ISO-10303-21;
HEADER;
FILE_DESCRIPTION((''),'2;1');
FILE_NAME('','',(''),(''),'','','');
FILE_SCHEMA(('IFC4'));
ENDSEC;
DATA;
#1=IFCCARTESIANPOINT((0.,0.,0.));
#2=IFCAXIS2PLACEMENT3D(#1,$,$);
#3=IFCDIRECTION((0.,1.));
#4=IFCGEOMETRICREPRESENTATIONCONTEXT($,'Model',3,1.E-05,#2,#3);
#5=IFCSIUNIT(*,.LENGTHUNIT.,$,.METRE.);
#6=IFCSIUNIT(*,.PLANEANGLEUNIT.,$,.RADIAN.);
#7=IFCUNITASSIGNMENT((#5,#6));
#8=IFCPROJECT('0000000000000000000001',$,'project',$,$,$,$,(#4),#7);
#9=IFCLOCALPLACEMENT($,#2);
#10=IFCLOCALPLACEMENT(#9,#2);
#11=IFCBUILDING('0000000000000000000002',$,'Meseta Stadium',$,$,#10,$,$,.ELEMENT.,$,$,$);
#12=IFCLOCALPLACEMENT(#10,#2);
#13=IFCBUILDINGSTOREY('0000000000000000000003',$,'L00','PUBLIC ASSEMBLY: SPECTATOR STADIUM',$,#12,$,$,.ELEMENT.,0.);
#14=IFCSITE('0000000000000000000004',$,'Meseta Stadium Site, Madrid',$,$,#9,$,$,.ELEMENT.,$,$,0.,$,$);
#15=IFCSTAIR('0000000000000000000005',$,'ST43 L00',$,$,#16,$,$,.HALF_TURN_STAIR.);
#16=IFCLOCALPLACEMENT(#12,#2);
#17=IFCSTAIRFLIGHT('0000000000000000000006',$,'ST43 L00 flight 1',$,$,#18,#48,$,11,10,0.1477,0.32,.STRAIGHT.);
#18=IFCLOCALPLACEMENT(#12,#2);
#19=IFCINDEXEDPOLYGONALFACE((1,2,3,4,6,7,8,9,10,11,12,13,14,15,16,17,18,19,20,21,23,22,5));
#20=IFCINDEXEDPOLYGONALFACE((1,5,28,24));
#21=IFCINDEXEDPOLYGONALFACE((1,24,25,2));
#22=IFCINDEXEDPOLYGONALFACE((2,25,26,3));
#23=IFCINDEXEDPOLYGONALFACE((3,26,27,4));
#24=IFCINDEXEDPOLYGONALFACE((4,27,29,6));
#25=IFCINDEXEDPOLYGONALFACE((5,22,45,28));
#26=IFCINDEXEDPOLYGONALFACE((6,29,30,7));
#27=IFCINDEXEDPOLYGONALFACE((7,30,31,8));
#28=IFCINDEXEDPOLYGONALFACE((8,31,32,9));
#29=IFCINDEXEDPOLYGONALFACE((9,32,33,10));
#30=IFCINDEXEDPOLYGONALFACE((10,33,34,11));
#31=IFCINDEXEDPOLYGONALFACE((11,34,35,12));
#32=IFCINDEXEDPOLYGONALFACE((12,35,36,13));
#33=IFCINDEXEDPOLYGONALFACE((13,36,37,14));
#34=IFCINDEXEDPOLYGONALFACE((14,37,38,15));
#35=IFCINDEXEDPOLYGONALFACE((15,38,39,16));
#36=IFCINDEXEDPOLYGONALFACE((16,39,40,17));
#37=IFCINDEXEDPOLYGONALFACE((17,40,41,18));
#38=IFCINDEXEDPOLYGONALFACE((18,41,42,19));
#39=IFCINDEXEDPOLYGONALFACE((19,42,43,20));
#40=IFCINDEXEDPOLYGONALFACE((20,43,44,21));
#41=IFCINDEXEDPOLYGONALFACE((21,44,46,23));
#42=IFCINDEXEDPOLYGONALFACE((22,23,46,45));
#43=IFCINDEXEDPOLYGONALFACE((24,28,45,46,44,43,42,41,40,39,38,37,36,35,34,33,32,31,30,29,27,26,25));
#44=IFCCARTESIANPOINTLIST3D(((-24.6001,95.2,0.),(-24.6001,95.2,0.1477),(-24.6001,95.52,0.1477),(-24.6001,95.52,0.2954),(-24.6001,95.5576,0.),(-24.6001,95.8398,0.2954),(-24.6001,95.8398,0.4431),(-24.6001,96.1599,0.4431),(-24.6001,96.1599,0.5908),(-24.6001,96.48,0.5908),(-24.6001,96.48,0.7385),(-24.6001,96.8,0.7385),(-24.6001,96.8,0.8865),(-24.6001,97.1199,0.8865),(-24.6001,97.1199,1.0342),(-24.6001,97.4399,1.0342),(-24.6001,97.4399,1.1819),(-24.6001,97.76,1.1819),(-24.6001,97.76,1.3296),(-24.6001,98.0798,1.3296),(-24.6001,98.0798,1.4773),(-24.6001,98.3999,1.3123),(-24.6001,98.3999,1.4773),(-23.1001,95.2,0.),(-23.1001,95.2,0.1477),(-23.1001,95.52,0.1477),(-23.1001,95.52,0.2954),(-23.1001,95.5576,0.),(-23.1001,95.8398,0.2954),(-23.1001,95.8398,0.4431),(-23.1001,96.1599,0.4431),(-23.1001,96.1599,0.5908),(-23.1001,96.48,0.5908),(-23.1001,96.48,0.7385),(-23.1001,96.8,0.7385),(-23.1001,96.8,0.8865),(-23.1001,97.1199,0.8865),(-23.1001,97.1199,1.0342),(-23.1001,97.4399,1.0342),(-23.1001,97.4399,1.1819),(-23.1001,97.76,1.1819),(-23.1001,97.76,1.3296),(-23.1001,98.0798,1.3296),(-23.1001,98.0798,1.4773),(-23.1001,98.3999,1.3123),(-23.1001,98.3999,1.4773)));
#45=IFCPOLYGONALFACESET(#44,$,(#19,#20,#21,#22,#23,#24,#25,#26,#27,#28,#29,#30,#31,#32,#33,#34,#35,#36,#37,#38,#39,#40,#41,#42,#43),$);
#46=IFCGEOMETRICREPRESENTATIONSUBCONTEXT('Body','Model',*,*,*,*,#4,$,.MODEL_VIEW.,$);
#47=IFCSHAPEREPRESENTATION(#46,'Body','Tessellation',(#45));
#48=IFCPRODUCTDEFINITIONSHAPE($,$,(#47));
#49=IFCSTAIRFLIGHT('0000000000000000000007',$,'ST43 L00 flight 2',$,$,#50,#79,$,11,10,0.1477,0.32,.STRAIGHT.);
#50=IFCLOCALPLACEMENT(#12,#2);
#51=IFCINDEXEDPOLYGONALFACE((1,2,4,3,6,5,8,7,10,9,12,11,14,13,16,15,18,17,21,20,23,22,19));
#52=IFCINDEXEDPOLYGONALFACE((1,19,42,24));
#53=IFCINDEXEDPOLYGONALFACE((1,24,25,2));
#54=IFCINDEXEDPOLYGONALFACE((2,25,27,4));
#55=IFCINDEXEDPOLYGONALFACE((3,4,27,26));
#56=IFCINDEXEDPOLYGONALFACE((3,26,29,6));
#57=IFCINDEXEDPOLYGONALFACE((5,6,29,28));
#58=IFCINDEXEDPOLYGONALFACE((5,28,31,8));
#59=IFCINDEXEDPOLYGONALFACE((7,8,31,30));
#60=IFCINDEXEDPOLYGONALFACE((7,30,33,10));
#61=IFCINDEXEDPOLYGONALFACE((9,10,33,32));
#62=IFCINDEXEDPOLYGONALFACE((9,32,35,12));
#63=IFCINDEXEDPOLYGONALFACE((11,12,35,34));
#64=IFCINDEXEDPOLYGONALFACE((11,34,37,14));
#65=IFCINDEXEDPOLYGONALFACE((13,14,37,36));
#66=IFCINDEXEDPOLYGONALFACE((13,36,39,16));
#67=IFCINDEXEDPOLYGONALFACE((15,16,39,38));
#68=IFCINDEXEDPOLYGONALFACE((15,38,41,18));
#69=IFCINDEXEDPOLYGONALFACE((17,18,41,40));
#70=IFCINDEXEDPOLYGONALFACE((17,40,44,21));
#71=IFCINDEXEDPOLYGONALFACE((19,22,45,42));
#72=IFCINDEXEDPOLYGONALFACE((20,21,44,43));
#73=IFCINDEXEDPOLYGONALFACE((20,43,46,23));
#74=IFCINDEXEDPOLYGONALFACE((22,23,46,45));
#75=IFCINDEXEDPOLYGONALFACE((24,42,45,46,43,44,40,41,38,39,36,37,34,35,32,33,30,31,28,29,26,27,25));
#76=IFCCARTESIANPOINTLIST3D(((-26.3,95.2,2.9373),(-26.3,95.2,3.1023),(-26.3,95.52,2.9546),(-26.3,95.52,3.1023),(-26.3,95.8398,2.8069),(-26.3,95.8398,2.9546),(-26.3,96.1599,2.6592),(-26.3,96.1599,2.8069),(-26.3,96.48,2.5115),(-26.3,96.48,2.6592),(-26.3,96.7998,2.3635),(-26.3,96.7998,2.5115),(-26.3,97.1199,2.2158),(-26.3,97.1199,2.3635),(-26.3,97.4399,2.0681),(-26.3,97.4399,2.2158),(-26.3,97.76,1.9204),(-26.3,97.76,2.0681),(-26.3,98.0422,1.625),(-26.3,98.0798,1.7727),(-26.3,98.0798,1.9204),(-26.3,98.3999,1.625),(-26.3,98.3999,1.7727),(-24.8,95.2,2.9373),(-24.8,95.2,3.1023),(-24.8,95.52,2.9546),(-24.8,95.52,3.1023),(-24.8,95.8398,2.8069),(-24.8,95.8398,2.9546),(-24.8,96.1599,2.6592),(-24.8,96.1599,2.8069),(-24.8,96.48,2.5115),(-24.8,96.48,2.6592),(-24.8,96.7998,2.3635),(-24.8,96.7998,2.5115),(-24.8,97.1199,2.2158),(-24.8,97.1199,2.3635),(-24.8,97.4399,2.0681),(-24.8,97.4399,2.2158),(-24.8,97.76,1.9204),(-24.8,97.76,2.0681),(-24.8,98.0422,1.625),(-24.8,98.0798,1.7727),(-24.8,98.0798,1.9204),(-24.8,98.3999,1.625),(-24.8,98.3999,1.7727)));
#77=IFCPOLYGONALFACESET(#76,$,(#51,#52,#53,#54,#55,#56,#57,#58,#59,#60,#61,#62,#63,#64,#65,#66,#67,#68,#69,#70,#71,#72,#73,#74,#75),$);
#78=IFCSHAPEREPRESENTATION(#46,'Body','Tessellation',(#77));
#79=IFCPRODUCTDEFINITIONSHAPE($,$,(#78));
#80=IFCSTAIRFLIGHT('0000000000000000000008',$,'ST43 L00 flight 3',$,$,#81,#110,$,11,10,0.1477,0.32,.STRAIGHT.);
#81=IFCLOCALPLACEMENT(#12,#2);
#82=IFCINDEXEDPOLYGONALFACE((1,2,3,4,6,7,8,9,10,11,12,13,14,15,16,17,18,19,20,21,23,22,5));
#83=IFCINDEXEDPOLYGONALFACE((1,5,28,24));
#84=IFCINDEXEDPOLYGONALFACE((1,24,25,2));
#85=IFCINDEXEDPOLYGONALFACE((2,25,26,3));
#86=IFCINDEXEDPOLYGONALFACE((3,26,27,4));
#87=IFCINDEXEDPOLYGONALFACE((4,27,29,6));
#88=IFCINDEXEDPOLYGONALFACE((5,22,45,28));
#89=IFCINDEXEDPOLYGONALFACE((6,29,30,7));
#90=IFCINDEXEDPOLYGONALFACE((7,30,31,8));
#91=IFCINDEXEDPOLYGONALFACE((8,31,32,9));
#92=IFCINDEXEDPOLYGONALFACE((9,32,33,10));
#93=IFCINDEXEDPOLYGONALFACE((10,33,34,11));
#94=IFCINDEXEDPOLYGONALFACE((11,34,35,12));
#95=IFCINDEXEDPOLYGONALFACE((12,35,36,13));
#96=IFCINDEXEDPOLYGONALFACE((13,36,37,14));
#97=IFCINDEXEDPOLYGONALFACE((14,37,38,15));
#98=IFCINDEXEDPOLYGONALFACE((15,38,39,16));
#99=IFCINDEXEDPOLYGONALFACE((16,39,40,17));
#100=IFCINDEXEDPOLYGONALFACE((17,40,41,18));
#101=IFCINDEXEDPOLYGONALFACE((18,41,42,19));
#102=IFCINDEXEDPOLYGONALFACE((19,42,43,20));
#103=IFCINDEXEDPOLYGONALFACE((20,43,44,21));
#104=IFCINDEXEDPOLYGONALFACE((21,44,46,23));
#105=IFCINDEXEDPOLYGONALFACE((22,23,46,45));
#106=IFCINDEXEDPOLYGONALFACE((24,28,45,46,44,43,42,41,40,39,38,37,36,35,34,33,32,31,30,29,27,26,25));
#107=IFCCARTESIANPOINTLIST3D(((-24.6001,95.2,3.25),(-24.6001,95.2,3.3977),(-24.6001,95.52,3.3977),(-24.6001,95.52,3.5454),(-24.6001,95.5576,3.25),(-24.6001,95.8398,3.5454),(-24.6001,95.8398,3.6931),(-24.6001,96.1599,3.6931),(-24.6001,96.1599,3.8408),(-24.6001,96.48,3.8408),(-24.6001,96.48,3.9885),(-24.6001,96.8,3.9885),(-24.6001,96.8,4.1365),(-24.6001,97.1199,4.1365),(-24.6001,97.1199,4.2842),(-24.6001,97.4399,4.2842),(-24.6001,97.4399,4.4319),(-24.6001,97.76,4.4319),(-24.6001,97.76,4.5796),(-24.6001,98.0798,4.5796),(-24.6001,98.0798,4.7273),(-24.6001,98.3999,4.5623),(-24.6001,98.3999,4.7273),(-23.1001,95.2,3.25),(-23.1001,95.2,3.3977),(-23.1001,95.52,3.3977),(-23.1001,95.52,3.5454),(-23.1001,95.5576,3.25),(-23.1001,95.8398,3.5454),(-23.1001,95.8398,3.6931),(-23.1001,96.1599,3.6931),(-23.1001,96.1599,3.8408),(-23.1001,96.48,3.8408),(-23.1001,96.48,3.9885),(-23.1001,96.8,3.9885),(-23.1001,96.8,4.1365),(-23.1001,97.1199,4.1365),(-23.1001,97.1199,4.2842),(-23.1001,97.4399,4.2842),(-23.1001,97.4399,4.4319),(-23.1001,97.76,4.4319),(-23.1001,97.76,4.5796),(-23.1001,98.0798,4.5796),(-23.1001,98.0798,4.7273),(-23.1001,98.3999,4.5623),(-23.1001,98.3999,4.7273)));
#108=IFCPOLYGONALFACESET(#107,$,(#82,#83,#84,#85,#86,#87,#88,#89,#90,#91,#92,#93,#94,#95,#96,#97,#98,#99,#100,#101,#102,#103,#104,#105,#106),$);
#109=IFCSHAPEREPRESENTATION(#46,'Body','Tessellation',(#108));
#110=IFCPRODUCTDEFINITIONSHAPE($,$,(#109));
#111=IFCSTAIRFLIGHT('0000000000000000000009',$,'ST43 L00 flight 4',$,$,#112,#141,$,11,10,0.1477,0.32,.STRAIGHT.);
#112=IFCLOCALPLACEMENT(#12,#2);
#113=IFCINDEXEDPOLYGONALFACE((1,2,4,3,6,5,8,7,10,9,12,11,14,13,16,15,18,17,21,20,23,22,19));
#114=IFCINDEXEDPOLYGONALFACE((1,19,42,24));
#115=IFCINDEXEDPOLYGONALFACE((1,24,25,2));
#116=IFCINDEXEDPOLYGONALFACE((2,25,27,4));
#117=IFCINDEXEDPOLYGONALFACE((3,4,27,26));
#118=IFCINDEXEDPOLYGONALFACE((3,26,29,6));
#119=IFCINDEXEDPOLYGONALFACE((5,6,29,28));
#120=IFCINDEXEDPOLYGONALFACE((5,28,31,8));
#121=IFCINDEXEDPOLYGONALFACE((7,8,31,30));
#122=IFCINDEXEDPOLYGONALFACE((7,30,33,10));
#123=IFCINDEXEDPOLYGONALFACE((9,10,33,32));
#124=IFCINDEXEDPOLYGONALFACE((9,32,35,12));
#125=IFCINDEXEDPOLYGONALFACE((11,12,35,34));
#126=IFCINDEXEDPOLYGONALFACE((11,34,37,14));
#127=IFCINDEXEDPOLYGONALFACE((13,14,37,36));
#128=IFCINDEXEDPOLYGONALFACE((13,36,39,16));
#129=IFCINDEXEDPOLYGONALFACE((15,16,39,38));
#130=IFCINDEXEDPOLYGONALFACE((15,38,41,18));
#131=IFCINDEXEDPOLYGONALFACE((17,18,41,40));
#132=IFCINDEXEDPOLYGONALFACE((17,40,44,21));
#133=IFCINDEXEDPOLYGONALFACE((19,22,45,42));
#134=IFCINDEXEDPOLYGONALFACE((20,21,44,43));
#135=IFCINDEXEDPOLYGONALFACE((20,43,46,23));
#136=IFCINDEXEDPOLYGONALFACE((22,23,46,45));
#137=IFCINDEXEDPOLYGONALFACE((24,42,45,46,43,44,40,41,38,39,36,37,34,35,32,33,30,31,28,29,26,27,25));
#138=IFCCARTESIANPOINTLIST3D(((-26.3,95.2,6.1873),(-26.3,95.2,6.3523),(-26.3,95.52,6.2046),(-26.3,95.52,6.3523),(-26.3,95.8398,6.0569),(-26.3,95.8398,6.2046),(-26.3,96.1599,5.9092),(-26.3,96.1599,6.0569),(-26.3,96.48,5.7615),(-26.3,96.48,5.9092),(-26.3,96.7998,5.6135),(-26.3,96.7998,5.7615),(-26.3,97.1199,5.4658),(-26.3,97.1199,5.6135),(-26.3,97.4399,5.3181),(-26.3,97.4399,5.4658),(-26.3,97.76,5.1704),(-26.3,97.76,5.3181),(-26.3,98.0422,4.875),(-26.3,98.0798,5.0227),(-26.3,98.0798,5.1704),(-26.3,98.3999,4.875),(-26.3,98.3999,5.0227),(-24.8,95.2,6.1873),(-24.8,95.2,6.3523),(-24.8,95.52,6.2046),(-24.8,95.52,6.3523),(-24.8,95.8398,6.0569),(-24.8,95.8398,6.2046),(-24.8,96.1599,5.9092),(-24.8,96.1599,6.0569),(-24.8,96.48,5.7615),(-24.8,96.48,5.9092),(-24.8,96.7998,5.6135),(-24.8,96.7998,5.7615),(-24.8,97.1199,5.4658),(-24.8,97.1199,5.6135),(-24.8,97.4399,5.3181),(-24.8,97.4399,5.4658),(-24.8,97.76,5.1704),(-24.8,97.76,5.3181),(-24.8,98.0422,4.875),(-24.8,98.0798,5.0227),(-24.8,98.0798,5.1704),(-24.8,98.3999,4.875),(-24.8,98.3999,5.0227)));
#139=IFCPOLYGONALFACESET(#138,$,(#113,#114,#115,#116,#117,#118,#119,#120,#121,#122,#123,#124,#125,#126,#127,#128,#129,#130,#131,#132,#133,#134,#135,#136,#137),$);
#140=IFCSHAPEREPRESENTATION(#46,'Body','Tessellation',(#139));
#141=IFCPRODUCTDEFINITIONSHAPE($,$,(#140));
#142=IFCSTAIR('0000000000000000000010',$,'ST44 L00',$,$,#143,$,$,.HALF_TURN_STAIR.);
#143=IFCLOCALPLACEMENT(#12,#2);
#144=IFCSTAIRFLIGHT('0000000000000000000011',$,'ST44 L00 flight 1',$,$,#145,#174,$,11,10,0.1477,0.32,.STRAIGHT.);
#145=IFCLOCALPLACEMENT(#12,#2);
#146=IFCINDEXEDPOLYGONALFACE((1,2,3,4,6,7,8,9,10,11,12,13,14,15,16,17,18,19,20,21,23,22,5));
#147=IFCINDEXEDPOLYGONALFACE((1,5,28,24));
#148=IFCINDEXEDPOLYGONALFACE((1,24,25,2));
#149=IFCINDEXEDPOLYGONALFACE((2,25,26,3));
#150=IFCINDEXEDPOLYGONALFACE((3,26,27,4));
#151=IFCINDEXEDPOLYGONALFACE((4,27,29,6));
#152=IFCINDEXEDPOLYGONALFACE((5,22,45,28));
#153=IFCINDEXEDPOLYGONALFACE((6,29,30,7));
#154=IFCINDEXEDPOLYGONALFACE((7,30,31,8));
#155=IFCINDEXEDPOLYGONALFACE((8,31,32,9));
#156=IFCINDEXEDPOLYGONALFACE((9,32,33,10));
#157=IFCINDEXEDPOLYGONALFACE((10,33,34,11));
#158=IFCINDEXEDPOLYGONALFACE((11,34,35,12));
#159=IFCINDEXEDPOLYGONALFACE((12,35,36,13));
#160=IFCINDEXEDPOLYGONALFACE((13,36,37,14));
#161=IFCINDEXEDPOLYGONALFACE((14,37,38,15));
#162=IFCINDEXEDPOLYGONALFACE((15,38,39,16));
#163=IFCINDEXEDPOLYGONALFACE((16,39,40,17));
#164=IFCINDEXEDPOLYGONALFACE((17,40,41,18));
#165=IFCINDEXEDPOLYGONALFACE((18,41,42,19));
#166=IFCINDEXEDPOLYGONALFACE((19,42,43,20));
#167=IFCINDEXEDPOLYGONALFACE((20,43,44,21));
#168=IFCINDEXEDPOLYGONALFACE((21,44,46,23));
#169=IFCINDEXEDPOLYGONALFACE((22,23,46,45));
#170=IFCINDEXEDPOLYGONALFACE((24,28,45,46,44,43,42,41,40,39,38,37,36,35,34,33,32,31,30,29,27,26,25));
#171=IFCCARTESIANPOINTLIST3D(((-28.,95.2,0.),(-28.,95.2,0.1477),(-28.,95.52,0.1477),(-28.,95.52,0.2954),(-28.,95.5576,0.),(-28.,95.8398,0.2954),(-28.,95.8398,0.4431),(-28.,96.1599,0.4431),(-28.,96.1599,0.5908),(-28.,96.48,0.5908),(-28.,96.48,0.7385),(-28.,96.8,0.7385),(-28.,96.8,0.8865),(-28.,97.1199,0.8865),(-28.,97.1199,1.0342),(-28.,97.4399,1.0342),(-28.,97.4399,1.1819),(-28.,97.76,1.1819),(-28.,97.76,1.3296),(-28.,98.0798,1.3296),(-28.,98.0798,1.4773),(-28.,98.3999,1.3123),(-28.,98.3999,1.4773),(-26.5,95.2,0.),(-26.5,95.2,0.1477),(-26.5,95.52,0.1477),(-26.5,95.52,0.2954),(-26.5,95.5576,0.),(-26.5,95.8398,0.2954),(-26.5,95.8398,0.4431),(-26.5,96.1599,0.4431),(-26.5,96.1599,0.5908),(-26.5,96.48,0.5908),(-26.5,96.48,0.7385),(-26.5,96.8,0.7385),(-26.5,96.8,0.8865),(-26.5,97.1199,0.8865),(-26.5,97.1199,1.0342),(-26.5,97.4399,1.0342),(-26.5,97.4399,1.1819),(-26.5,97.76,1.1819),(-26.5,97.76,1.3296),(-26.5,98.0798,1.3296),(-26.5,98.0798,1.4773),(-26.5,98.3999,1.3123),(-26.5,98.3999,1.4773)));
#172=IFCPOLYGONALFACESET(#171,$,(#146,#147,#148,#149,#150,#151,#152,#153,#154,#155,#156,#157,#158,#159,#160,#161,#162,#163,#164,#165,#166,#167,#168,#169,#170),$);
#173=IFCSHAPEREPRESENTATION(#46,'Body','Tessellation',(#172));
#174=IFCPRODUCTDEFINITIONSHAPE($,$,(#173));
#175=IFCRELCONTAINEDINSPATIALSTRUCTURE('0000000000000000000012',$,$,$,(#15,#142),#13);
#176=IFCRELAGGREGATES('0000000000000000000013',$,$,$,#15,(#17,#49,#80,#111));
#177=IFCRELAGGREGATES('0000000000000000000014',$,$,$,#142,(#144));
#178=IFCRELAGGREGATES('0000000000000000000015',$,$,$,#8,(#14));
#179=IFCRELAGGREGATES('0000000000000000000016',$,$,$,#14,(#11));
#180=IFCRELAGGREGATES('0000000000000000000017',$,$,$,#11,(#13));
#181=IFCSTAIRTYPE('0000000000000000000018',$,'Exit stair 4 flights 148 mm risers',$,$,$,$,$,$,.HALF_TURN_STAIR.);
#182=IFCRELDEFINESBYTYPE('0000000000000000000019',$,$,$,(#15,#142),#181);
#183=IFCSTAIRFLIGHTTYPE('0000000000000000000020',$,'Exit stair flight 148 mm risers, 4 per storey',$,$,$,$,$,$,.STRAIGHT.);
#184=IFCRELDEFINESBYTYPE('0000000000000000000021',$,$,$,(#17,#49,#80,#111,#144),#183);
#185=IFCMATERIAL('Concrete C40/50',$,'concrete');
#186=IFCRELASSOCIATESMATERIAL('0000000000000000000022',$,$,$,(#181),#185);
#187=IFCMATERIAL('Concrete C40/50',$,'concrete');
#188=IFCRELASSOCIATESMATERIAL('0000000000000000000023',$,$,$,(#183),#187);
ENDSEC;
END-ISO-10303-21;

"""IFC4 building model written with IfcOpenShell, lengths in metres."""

from ifc_helpers import new_model, si_unit, direction, frame, origin, place, context, subcontext, project, spatial, polyline, outline, extrude, material, type_object, element, aggregate, save


model = new_model("IFC4")

# Units and contexts
model_context = context("Model", 3, precision=1e-05, world=origin(), true_north=direction((0.0, 1.0)))
body_context = subcontext(model_context, "Body", "Model", "MODEL_VIEW")
ifc_project = project(units=[si_unit("LENGTHUNIT", "METRE"), si_unit("PLANEANGLEUNIT", "RADIAN")], contexts=[model_context])

# Site, building, storey
site_placement = place(None, origin())
site = spatial("IfcSite", under=ifc_project, at=site_placement, Name="Meseta Stadium Site, Madrid", CompositionType="ELEMENT", RefElevation=0.0)
building_placement = place(site_placement, origin())
building = spatial("IfcBuilding", under=site, at=building_placement, Name="Meseta Stadium", CompositionType="ELEMENT")
storey_placement = place(building_placement, origin())
storey = spatial("IfcBuildingStorey", under=building, at=storey_placement, Name="L00", Description="PUBLIC ASSEMBLY: SPECTATOR STADIUM", CompositionType="ELEMENT", Elevation=0.0)

# Stairs, stair flights
ifc_material_1 = material(Name="Concrete C40/50", Category="concrete")
stair_type = type_object("IfcStairType", Name="Exit stair 4 flights 148 mm risers", PredefinedType="HALF_TURN_STAIR", material=ifc_material_1)
stair_1_placement = place(storey_placement, origin())
stair_1 = element("IfcStair", 1, at=stair_1_placement, inside=storey, type_object=stair_type, Name="ST43 L00", PredefinedType="HALF_TURN_STAIR")
ifc_material_2 = material(Name="Concrete C40/50", Category="concrete")
stair_flight_type = type_object("IfcStairFlightType", Name="Exit stair flight 148 mm risers, 4 per storey", PredefinedType="STRAIGHT", material=ifc_material_2)
stair_flight_1_placement = place(storey_placement, frame((-23.8501, 95.2, 0.0), z_axis=(0.0, 0.0, 1.0), x_axis=(0.0, 1.0, 0.0)))
stair_flight_1 = element("IfcStairFlight", 2, at=stair_flight_1_placement, type_object=stair_flight_type, Name="ST43 L00 flight 1", NumberOfRisers=11, NumberOfTreads=10, PredefinedType="STRAIGHT", RiserHeight=0.1477, TreadLength=0.32, context=body_context, shape_type="SweptSolid", body=[
    extrude(outline(polyline([(0.0, 0.0), (0.0, 0.1477), (0.3201, 0.1477), (0.3201, 0.2954), (0.6399, 0.2954), (0.6399, 0.4431), (0.96, 0.4431), (0.96, 0.5908), (1.28, 0.5908), (1.28, 0.7385), (1.6001, 0.7385), (1.6001, 0.8865), (1.9199, 0.8865), (1.9199, 1.0342), (2.24, 1.0342), (2.24, 1.1819), (2.5601, 1.1819), (2.5601, 1.3296), (2.8799, 1.3296), (2.8799, 1.4773), (3.2, 1.4773), (3.2, 1.3123), (0.3577, 0.0), (0.0, 0.0)])), frame((0.0, 0.75, 0.0), z_axis=(0.0, -1.0, 0.0), x_axis=(1.0, 0.0, 0.0)), (0.0, 0.0, 1.0), 1.5),
])
stair_flight_2_placement = place(storey_placement, frame((-25.55, 98.3999, 1.625), z_axis=(0.0, 0.0, 1.0), x_axis=(0.0, -1.0, 0.0)))
stair_flight_2 = element("IfcStairFlight", 3, at=stair_flight_2_placement, type_object=stair_flight_type, Name="ST43 L00 flight 2", NumberOfRisers=11, NumberOfTreads=10, PredefinedType="STRAIGHT", RiserHeight=0.1477, TreadLength=0.32, context=body_context, shape_type="SweptSolid", body=[
    extrude(outline(polyline([(0.0, 0.0), (0.0, 0.1477), (0.3201, 0.1477), (0.3201, 0.2954), (0.6399, 0.2954), (0.6399, 0.4431), (0.96, 0.4431), (0.96, 0.5908), (1.28, 0.5908), (1.28, 0.7385), (1.6001, 0.7385), (1.6001, 0.8865), (1.9199, 0.8865), (1.9199, 1.0342), (2.24, 1.0342), (2.24, 1.1819), (2.5601, 1.1819), (2.5601, 1.3296), (2.8799, 1.3296), (2.8799, 1.4773), (3.2, 1.4773), (3.2, 1.3123), (0.3577, 0.0), (0.0, 0.0)])), frame((0.0, 0.75, 0.0), z_axis=(0.0, -1.0, 0.0), x_axis=(1.0, 0.0, 0.0)), (0.0, 0.0, 1.0), 1.5),
])
stair_flight_3_placement = place(storey_placement, frame((-23.8501, 95.2, 3.25), z_axis=(0.0, 0.0, 1.0), x_axis=(0.0, 1.0, 0.0)))
stair_flight_3 = element("IfcStairFlight", 4, at=stair_flight_3_placement, type_object=stair_flight_type, Name="ST43 L00 flight 3", NumberOfRisers=11, NumberOfTreads=10, PredefinedType="STRAIGHT", RiserHeight=0.1477, TreadLength=0.32, context=body_context, shape_type="SweptSolid", body=[
    extrude(outline(polyline([(0.0, 0.0), (0.0, 0.1477), (0.3201, 0.1477), (0.3201, 0.2954), (0.6399, 0.2954), (0.6399, 0.4431), (0.96, 0.4431), (0.96, 0.5908), (1.28, 0.5908), (1.28, 0.7385), (1.6001, 0.7385), (1.6001, 0.8865), (1.9199, 0.8865), (1.9199, 1.0342), (2.24, 1.0342), (2.24, 1.1819), (2.5601, 1.1819), (2.5601, 1.3296), (2.8799, 1.3296), (2.8799, 1.4773), (3.2, 1.4773), (3.2, 1.3123), (0.3577, 0.0), (0.0, 0.0)])), frame((0.0, 0.75, 0.0), z_axis=(0.0, -1.0, 0.0), x_axis=(1.0, 0.0, 0.0)), (0.0, 0.0, 1.0), 1.5),
])
stair_flight_4_placement = place(storey_placement, frame((-25.55, 98.3999, 4.875), z_axis=(0.0, 0.0, 1.0), x_axis=(0.0, -1.0, 0.0)))
stair_flight_4 = element("IfcStairFlight", 5, at=stair_flight_4_placement, type_object=stair_flight_type, Name="ST43 L00 flight 4", NumberOfRisers=11, NumberOfTreads=10, PredefinedType="STRAIGHT", RiserHeight=0.1477, TreadLength=0.32, context=body_context, shape_type="SweptSolid", body=[
    extrude(outline(polyline([(0.0, 0.0), (0.0, 0.1477), (0.3201, 0.1477), (0.3201, 0.2954), (0.6399, 0.2954), (0.6399, 0.4431), (0.96, 0.4431), (0.96, 0.5908), (1.28, 0.5908), (1.28, 0.7385), (1.6001, 0.7385), (1.6001, 0.8865), (1.9199, 0.8865), (1.9199, 1.0342), (2.24, 1.0342), (2.24, 1.1819), (2.5601, 1.1819), (2.5601, 1.3296), (2.8799, 1.3296), (2.8799, 1.4773), (3.2, 1.4773), (3.2, 1.3123), (0.3577, 0.0), (0.0, 0.0)])), frame((0.0, 0.75, 0.0), z_axis=(0.0, -1.0, 0.0), x_axis=(1.0, 0.0, 0.0)), (0.0, 0.0, 1.0), 1.5),
])
aggregate(stair_1, [stair_flight_1, stair_flight_2, stair_flight_3, stair_flight_4])
stair_2_placement = place(storey_placement, origin())
stair_2 = element("IfcStair", 6, at=stair_2_placement, inside=storey, type_object=stair_type, Name="ST44 L00", PredefinedType="HALF_TURN_STAIR")
stair_flight_5_placement = place(storey_placement, frame((-27.25, 95.2, 0.0), z_axis=(0.0, 0.0, 1.0), x_axis=(0.0, 1.0, 0.0)))
stair_flight_5 = element("IfcStairFlight", 7, at=stair_flight_5_placement, type_object=stair_flight_type, Name="ST44 L00 flight 1", NumberOfRisers=11, NumberOfTreads=10, PredefinedType="STRAIGHT", RiserHeight=0.1477, TreadLength=0.32, context=body_context, shape_type="SweptSolid", body=[
    extrude(outline(polyline([(0.0, 0.0), (0.0, 0.1477), (0.3201, 0.1477), (0.3201, 0.2954), (0.6399, 0.2954), (0.6399, 0.4431), (0.96, 0.4431), (0.96, 0.5908), (1.28, 0.5908), (1.28, 0.7385), (1.6001, 0.7385), (1.6001, 0.8865), (1.9199, 0.8865), (1.9199, 1.0342), (2.24, 1.0342), (2.24, 1.1819), (2.5601, 1.1819), (2.5601, 1.3296), (2.8799, 1.3296), (2.8799, 1.4773), (3.2, 1.4773), (3.2, 1.3123), (0.3577, 0.0), (0.0, 0.0)])), frame((0.0, 0.75, 0.0), z_axis=(0.0, -1.0, 0.0), x_axis=(1.0, 0.0, 0.0)), (0.0, 0.0, 1.0), 1.5),
])
aggregate(stair_2, [stair_flight_5])

save(model, "model.ifc")
